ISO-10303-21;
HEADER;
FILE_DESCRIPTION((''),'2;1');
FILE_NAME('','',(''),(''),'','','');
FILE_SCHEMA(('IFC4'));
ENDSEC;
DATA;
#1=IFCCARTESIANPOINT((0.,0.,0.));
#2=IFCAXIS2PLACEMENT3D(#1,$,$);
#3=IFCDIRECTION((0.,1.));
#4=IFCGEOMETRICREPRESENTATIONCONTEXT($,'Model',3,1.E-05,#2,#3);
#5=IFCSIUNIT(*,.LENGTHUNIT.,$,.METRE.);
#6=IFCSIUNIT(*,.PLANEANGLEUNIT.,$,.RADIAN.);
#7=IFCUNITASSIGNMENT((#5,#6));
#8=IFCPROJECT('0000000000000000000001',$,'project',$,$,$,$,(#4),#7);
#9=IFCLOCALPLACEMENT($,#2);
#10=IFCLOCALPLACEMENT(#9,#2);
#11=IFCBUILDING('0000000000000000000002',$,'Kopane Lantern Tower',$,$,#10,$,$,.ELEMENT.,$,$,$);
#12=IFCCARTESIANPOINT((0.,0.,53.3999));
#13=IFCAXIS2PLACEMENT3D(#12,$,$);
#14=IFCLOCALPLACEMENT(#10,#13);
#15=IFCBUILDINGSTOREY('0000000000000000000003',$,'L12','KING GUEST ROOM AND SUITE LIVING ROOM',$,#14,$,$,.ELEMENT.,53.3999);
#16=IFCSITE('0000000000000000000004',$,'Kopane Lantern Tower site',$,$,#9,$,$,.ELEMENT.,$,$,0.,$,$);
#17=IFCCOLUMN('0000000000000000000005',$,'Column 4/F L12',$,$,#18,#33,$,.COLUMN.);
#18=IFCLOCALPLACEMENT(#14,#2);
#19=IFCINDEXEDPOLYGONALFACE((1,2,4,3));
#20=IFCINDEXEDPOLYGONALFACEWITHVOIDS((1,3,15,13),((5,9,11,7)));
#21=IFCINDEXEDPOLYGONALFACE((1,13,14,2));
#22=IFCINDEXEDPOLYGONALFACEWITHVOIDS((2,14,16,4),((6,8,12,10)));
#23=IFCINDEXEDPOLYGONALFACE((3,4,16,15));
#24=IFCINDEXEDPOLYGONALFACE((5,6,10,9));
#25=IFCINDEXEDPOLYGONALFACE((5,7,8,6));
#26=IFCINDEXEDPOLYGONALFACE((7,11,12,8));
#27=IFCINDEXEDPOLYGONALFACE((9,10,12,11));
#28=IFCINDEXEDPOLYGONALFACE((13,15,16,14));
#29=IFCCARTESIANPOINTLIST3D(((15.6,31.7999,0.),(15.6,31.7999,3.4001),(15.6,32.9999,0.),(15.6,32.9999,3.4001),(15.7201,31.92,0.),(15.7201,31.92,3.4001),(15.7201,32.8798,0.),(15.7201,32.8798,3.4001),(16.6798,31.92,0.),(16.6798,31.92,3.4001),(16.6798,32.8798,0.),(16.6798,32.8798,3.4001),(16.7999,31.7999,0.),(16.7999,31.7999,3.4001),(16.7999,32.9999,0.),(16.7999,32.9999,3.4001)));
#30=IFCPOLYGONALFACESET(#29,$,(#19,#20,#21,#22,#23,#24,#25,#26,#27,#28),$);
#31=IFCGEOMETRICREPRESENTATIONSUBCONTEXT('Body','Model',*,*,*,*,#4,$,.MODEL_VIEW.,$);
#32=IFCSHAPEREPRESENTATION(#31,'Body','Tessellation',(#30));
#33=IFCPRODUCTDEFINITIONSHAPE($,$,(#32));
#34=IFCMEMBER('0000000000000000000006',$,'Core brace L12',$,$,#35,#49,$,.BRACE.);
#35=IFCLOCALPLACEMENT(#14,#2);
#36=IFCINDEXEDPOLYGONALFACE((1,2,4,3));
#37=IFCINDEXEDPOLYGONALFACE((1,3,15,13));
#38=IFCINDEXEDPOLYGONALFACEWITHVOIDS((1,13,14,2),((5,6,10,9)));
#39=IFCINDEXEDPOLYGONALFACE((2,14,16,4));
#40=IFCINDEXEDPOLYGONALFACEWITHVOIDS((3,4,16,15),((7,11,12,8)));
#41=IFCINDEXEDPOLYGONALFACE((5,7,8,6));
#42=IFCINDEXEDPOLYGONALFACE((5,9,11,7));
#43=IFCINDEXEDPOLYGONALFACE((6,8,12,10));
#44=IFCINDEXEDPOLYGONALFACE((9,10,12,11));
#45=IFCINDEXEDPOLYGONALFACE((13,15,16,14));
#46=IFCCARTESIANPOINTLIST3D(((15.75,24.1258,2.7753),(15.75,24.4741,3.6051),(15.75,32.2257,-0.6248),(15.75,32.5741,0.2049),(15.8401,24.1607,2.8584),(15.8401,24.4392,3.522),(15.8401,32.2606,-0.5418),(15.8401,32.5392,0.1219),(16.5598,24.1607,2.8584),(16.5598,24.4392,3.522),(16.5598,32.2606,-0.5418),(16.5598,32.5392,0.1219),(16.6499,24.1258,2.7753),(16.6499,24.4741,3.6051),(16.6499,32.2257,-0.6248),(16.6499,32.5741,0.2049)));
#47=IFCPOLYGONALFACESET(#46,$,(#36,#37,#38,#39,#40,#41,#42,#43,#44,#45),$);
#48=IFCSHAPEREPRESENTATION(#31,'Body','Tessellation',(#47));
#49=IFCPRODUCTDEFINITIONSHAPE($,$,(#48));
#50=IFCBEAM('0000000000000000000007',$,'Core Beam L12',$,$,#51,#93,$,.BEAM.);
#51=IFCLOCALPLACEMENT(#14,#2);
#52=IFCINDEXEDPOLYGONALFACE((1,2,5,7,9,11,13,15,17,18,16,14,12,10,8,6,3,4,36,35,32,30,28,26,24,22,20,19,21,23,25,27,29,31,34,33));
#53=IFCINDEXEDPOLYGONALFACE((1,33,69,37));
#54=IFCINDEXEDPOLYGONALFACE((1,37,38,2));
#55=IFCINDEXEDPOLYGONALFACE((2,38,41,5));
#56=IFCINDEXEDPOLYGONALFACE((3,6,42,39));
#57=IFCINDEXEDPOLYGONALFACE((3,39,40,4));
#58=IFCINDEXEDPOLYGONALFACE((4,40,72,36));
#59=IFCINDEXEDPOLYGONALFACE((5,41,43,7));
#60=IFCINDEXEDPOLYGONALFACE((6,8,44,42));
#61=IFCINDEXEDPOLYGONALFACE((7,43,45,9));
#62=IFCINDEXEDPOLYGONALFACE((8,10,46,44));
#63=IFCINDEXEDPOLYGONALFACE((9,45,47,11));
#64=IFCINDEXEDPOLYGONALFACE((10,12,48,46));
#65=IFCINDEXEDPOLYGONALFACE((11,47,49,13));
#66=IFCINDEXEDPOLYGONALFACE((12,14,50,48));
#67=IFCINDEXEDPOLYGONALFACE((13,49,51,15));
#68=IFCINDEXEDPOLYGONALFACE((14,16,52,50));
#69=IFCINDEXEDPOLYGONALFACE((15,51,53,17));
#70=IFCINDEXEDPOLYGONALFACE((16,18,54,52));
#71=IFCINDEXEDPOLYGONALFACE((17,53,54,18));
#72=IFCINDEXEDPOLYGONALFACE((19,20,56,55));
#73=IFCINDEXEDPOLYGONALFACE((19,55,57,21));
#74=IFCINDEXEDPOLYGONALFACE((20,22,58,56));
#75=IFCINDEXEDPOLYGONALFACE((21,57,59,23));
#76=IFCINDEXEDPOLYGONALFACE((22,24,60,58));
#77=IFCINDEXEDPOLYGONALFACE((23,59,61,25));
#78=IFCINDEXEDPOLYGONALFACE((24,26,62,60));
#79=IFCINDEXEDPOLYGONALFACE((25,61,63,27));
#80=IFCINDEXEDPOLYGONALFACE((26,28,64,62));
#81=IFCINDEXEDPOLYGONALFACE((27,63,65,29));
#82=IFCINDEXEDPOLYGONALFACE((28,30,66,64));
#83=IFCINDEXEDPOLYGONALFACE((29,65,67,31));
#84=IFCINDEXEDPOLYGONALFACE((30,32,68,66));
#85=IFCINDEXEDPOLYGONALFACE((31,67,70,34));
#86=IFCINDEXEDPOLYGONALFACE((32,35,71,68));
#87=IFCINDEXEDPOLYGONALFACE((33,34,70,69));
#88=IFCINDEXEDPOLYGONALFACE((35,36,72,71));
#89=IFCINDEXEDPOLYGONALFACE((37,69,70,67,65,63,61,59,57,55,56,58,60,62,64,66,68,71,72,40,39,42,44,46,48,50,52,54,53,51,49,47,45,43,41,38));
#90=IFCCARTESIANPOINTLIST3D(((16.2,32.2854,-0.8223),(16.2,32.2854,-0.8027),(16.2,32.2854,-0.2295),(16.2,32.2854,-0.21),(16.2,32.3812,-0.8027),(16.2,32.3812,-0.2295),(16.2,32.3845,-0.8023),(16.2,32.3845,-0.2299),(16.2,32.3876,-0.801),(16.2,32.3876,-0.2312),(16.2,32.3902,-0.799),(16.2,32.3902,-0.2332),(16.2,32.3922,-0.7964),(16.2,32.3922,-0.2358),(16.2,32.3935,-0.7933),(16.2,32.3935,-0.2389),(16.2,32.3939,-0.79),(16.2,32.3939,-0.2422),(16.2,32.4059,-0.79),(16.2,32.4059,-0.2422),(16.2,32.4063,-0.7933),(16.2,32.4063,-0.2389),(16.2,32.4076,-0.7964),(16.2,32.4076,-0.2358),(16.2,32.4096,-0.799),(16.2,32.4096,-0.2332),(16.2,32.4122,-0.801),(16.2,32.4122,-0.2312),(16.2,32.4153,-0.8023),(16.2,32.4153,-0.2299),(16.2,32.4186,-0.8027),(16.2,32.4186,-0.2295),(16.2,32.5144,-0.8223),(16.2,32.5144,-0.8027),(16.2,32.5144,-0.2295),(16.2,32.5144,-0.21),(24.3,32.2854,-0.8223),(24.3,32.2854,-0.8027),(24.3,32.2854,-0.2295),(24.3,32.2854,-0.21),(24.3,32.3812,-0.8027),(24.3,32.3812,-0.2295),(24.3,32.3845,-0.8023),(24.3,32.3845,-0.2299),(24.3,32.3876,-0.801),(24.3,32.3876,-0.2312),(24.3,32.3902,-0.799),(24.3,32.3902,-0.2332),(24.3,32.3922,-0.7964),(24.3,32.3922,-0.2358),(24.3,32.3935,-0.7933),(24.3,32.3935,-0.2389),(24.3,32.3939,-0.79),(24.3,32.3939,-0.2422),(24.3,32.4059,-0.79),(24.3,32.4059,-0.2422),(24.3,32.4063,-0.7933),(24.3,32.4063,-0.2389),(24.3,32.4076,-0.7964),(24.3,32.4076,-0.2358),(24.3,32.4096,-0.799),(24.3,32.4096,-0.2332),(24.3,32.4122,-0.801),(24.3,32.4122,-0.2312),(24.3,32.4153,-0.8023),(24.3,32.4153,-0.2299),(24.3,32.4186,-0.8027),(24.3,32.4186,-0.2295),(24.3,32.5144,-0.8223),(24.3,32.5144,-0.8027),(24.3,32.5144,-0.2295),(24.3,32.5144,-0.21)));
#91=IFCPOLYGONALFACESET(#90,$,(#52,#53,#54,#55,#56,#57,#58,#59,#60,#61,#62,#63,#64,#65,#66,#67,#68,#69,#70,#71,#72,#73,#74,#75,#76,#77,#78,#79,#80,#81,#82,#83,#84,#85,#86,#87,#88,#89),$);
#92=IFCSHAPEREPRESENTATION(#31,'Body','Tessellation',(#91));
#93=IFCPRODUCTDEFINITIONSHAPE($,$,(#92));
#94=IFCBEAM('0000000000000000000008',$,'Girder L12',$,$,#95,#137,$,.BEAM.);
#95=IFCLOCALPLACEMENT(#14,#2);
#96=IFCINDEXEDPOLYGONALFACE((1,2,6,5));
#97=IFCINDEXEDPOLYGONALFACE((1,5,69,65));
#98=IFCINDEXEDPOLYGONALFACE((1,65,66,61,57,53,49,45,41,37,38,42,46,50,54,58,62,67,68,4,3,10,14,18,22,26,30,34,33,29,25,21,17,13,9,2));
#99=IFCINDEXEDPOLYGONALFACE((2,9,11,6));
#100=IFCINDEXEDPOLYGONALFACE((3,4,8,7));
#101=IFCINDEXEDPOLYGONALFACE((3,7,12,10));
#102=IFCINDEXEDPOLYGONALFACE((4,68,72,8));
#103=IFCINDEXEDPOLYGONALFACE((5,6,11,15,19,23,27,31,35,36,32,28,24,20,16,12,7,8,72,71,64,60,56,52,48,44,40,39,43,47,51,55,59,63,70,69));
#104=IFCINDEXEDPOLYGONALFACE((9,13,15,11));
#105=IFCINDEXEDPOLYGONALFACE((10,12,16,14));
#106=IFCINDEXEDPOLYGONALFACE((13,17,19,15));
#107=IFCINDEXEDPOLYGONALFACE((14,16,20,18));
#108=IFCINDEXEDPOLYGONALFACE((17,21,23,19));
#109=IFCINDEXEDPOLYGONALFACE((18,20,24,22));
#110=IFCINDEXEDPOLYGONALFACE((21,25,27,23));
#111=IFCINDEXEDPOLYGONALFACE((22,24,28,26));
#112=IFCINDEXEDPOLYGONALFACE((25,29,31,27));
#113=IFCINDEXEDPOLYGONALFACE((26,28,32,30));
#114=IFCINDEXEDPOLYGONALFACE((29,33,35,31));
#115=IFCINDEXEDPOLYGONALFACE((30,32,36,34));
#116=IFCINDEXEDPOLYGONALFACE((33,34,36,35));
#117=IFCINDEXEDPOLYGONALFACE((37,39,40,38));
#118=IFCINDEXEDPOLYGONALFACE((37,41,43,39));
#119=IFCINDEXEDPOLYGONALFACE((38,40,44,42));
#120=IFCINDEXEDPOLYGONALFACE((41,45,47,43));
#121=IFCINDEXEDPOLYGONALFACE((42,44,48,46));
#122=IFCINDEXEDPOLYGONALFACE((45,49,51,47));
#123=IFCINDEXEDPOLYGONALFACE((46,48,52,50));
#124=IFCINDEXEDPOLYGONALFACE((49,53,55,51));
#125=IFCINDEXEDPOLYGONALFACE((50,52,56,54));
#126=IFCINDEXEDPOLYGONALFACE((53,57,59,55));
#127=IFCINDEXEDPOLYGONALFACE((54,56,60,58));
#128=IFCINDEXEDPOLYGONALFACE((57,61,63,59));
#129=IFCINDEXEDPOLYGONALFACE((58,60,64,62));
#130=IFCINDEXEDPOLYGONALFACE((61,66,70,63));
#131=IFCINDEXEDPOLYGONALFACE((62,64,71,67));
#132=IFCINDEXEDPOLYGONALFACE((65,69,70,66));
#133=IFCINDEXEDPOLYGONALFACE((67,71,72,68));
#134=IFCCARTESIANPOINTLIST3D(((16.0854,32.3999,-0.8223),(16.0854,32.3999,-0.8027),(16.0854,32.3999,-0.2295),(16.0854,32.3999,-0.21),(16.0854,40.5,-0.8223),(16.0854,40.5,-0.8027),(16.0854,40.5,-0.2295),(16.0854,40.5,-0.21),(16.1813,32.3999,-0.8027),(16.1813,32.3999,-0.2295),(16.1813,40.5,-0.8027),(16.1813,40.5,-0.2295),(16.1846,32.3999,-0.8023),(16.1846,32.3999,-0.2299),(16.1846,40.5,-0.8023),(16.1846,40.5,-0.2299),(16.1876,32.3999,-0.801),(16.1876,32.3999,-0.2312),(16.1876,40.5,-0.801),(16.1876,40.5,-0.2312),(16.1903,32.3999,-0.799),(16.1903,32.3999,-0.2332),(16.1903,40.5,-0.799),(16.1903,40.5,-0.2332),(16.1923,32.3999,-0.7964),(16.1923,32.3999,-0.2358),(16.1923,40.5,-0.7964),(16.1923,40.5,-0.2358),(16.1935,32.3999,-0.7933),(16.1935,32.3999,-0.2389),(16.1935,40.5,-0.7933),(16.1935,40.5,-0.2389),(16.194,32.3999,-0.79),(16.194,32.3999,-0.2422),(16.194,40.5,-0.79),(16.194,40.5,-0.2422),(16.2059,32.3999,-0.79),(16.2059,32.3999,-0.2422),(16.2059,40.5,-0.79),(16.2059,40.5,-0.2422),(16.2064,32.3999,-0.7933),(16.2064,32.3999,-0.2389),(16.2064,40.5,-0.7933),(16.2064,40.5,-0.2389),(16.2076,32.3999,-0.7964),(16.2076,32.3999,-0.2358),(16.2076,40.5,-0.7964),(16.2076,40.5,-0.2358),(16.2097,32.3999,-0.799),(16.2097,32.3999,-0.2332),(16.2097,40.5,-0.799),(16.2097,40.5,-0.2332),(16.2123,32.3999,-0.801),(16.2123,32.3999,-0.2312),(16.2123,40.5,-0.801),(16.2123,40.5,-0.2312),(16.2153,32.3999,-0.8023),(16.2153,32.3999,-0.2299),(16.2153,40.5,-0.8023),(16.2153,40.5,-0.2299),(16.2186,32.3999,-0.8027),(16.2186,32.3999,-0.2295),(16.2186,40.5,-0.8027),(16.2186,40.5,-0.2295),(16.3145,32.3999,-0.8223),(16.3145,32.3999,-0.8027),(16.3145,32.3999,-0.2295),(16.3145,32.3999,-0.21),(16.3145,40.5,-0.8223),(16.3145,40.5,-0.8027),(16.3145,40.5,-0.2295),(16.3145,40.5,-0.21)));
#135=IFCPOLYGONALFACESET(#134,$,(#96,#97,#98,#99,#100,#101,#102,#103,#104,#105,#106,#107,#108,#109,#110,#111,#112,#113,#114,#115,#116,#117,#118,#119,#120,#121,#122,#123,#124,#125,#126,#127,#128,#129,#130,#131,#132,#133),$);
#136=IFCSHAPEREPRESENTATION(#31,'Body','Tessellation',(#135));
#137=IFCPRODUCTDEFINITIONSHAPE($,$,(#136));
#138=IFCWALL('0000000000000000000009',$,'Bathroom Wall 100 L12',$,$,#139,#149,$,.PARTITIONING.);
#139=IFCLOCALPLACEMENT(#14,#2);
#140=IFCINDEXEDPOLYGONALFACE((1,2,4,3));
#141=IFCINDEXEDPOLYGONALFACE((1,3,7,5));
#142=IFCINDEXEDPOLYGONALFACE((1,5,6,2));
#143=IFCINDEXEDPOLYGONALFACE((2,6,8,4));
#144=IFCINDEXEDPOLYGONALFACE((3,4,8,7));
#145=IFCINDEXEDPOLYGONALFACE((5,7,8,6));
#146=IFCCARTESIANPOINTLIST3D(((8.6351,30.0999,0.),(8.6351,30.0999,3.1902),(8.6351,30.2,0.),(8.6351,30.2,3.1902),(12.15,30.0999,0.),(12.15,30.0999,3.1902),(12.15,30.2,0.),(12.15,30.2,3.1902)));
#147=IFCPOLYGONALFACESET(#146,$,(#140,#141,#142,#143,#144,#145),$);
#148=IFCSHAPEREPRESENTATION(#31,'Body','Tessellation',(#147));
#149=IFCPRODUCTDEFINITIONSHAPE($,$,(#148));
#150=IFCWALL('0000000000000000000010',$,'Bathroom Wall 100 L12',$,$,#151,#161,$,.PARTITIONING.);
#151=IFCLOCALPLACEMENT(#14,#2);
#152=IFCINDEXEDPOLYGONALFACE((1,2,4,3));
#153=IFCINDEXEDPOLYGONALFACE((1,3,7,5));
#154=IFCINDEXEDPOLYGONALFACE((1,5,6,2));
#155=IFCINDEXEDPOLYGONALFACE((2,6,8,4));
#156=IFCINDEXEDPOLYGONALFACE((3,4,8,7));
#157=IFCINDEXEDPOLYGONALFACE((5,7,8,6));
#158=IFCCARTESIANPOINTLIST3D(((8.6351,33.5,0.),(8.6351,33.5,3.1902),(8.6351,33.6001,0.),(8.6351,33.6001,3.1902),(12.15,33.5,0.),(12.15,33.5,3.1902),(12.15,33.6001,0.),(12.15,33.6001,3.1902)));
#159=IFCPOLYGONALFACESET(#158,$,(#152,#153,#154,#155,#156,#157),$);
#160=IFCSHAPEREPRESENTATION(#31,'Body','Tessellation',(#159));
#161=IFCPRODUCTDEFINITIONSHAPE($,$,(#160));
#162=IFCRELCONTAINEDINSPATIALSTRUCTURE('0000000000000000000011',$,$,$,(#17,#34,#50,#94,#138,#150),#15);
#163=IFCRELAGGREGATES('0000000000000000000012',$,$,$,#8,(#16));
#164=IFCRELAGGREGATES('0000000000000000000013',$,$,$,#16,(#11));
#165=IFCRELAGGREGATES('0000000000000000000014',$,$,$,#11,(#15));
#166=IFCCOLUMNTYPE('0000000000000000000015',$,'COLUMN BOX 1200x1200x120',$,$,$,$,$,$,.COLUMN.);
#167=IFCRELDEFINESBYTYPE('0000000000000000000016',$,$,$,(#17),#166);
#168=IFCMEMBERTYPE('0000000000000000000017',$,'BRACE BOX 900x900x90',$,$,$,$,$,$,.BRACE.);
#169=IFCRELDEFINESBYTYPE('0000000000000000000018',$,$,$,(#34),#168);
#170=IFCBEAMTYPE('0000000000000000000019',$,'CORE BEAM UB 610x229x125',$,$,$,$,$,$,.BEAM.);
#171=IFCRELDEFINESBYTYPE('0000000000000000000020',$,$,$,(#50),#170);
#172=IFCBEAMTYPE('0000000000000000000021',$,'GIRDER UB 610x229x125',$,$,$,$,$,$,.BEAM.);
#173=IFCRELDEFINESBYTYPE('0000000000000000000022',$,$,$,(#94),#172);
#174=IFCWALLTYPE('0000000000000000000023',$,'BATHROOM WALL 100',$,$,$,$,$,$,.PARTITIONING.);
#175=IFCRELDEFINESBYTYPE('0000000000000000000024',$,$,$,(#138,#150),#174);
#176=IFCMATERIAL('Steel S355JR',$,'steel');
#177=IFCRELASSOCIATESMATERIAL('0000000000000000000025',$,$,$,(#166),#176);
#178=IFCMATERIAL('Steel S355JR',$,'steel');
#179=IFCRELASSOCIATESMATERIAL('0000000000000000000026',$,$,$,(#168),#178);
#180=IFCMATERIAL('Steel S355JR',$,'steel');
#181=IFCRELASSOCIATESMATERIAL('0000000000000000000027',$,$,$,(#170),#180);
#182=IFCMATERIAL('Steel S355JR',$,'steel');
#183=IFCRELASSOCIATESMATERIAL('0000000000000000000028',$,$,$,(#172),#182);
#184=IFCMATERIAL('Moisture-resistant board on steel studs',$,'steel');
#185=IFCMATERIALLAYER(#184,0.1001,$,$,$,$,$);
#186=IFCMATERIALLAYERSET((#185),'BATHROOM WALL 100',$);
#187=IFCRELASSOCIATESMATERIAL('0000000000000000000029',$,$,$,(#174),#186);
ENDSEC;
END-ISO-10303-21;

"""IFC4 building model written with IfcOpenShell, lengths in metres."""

from ifc_helpers import new_model, si_unit, direction, frame, frame_2d, origin, origin_2d, place, context, subcontext, project, spatial, rectangle, hollow_rectangle, i_section, extrude, material, layer, layer_set, material_profile, profile_set, type_object, element, save


model = new_model("IFC4")

# Units and contexts
model_context = context("Model", 3, precision=1e-05, world=origin(), true_north=direction((0.0, 1.0)))
body_context = subcontext(model_context, "Body", "Model", "MODEL_VIEW")
ifc_project = project(units=[si_unit("LENGTHUNIT", "METRE"), si_unit("PLANEANGLEUNIT", "RADIAN")], contexts=[model_context])

# Site, building, storey
site_placement = place(None, origin())
site = spatial("IfcSite", under=ifc_project, at=site_placement, Name="Kopane Lantern Tower site", CompositionType="ELEMENT", RefElevation=0.0)
building_placement = place(site_placement, origin())
building = spatial("IfcBuilding", under=site, at=building_placement, Name="Kopane Lantern Tower", CompositionType="ELEMENT")
storey_placement = place(building_placement, frame((0.0, 0.0, 53.3999)))
storey = spatial("IfcBuildingStorey", under=building, at=storey_placement, Name="L12", Description="KING GUEST ROOM AND SUITE LIVING ROOM", CompositionType="ELEMENT", Elevation=53.3999)

# Column
ifc_material_1 = material(Name="Steel S355JR", Category="steel")
ifc_material_profile_1 = material_profile(ifc_material_1, hollow_rectangle(XDim=1.2, YDim=1.2, WallThickness=0.1201, at=origin_2d()), Name="BOX 1200x1200x120")
ifc_profile_set_1 = profile_set([ifc_material_profile_1], Name="Steel S355JR")
column_type = type_object("IfcColumnType", Name="COLUMN BOX 1200x1200x120", PredefinedType="COLUMN", material=ifc_profile_set_1)
column_placement = place(storey_placement, frame((16.2, 32.3999, 0.0), z_axis=(0.0, 0.0, 1.0), x_axis=(1.0, 0.0, 0.0)))
element("IfcColumn", 1, at=column_placement, inside=storey, type_object=column_type, Name="Column 4/F L12", PredefinedType="COLUMN", context=body_context, shape_type="SweptSolid", body=[
    extrude(hollow_rectangle(XDim=1.2, YDim=1.2, WallThickness=0.1201, at=origin_2d()), origin(), (0.0, 0.0, 1.0), 3.4001),
])

# Member
ifc_material_2 = material(Name="Steel S355JR", Category="steel")
ifc_material_profile_2 = material_profile(ifc_material_2, hollow_rectangle(XDim=0.8999, YDim=0.8999, WallThickness=0.0901, at=origin_2d()), Name="BOX 900x900x90")
ifc_profile_set_2 = profile_set([ifc_material_profile_2], Name="Steel S355JR")
member_type = type_object("IfcMemberType", Name="BRACE BOX 900x900x90", PredefinedType="BRACE", material=ifc_profile_set_2)
member_placement = place(storey_placement, frame((16.2, 32.3999, -0.21), z_axis=(0.0, -0.922055, 0.387059), x_axis=(1.0, 0.0, 0.0)))
element("IfcMember", 2, at=member_placement, inside=storey, type_object=member_type, Name="Core brace L12", PredefinedType="BRACE", context=body_context, shape_type="SweptSolid", body=[
    extrude(hollow_rectangle(XDim=0.8999, YDim=0.8999, WallThickness=0.0901, at=origin_2d()), origin(), (0.0, 0.0, 1.0), 8.7847),
])

# Beams
ifc_material_3 = material(Name="Steel S355JR", Category="steel")
ifc_material_profile_3 = material_profile(ifc_material_3, i_section(OverallWidth=0.229, OverallDepth=0.6123, WebThickness=0.012, FlangeThickness=0.0195, FilletRadius=0.0127, at=origin_2d()), Name="UB 610x229x125")
ifc_profile_set_3 = profile_set([ifc_material_profile_3], Name="Steel S355JR")
beam_type_1 = type_object("IfcBeamType", Name="CORE BEAM UB 610x229x125", PredefinedType="BEAM", material=ifc_profile_set_3)
beam_1_placement = place(storey_placement, frame((16.2, 32.3999, -0.5161), z_axis=(1.0, 0.0, 0.0), x_axis=(0.0, 1.0, 0.0)))
element("IfcBeam", 3, at=beam_1_placement, inside=storey, type_object=beam_type_1, Name="Core Beam L12", PredefinedType="BEAM", context=body_context, shape_type="SweptSolid", body=[
    extrude(i_section(OverallWidth=0.229, OverallDepth=0.6123, WebThickness=0.012, FlangeThickness=0.0195, FilletRadius=0.0127, at=origin_2d()), origin(), (0.0, 0.0, 1.0), 8.1001),
])
ifc_material_4 = material(Name="Steel S355JR", Category="steel")
ifc_material_profile_4 = material_profile(ifc_material_4, i_section(OverallWidth=0.229, OverallDepth=0.6123, WebThickness=0.012, FlangeThickness=0.0195, FilletRadius=0.0127, at=origin_2d()), Name="UB 610x229x125")
ifc_profile_set_4 = profile_set([ifc_material_profile_4], Name="Steel S355JR")
beam_type_2 = type_object("IfcBeamType", Name="GIRDER UB 610x229x125", PredefinedType="BEAM", material=ifc_profile_set_4)
beam_2_placement = place(storey_placement, frame((16.2, 32.3999, -0.5161), z_axis=(0.0, 1.0, 0.0), x_axis=(-1.0, 0.0, 0.0)))
element("IfcBeam", 4, at=beam_2_placement, inside=storey, type_object=beam_type_2, Name="Girder L12", PredefinedType="BEAM", context=body_context, shape_type="SweptSolid", body=[
    extrude(i_section(OverallWidth=0.229, OverallDepth=0.6123, WebThickness=0.012, FlangeThickness=0.0195, FilletRadius=0.0127, at=origin_2d()), origin(), (0.0, 0.0, 1.0), 8.1001),
])

# Walls
ifc_material_5 = material(Name="Moisture-resistant board on steel studs", Category="steel")
ifc_layer_1 = layer(ifc_material_5, 0.1001)
ifc_layer_set_1 = layer_set([ifc_layer_1], Name="BATHROOM WALL 100")
wall_type_1 = type_object("IfcWallType", Name="BATHROOM WALL 100", PredefinedType="PARTITIONING", material=ifc_layer_set_1)
for number, where, z_axis, x_axis, name in (
    (5, (12.1499, 30.1499, 0.0), (0.0, 0.0, 1.0), (-1.0, 0.0, 0.0), "Bathroom Wall 100 L12"),
    (6, (12.1499, 33.55, 0.0), (0.0, 0.0, 1.0), (-1.0, 0.0, 0.0), "Bathroom Wall 100 L12"),
):
    element("IfcWall", number, at=place(storey_placement, frame(where, z_axis=z_axis, x_axis=x_axis)), inside=storey, type_object=wall_type_1, Name=name, PredefinedType="PARTITIONING", context=body_context, shape_type="SweptSolid", body=[
        extrude(rectangle(XDim=3.5149, YDim=0.1001, at=frame_2d((1.7573, 0.0))), origin(), (0.0, 0.0, 1.0), 3.1902),
    ])

save(model, "model.ifc")
